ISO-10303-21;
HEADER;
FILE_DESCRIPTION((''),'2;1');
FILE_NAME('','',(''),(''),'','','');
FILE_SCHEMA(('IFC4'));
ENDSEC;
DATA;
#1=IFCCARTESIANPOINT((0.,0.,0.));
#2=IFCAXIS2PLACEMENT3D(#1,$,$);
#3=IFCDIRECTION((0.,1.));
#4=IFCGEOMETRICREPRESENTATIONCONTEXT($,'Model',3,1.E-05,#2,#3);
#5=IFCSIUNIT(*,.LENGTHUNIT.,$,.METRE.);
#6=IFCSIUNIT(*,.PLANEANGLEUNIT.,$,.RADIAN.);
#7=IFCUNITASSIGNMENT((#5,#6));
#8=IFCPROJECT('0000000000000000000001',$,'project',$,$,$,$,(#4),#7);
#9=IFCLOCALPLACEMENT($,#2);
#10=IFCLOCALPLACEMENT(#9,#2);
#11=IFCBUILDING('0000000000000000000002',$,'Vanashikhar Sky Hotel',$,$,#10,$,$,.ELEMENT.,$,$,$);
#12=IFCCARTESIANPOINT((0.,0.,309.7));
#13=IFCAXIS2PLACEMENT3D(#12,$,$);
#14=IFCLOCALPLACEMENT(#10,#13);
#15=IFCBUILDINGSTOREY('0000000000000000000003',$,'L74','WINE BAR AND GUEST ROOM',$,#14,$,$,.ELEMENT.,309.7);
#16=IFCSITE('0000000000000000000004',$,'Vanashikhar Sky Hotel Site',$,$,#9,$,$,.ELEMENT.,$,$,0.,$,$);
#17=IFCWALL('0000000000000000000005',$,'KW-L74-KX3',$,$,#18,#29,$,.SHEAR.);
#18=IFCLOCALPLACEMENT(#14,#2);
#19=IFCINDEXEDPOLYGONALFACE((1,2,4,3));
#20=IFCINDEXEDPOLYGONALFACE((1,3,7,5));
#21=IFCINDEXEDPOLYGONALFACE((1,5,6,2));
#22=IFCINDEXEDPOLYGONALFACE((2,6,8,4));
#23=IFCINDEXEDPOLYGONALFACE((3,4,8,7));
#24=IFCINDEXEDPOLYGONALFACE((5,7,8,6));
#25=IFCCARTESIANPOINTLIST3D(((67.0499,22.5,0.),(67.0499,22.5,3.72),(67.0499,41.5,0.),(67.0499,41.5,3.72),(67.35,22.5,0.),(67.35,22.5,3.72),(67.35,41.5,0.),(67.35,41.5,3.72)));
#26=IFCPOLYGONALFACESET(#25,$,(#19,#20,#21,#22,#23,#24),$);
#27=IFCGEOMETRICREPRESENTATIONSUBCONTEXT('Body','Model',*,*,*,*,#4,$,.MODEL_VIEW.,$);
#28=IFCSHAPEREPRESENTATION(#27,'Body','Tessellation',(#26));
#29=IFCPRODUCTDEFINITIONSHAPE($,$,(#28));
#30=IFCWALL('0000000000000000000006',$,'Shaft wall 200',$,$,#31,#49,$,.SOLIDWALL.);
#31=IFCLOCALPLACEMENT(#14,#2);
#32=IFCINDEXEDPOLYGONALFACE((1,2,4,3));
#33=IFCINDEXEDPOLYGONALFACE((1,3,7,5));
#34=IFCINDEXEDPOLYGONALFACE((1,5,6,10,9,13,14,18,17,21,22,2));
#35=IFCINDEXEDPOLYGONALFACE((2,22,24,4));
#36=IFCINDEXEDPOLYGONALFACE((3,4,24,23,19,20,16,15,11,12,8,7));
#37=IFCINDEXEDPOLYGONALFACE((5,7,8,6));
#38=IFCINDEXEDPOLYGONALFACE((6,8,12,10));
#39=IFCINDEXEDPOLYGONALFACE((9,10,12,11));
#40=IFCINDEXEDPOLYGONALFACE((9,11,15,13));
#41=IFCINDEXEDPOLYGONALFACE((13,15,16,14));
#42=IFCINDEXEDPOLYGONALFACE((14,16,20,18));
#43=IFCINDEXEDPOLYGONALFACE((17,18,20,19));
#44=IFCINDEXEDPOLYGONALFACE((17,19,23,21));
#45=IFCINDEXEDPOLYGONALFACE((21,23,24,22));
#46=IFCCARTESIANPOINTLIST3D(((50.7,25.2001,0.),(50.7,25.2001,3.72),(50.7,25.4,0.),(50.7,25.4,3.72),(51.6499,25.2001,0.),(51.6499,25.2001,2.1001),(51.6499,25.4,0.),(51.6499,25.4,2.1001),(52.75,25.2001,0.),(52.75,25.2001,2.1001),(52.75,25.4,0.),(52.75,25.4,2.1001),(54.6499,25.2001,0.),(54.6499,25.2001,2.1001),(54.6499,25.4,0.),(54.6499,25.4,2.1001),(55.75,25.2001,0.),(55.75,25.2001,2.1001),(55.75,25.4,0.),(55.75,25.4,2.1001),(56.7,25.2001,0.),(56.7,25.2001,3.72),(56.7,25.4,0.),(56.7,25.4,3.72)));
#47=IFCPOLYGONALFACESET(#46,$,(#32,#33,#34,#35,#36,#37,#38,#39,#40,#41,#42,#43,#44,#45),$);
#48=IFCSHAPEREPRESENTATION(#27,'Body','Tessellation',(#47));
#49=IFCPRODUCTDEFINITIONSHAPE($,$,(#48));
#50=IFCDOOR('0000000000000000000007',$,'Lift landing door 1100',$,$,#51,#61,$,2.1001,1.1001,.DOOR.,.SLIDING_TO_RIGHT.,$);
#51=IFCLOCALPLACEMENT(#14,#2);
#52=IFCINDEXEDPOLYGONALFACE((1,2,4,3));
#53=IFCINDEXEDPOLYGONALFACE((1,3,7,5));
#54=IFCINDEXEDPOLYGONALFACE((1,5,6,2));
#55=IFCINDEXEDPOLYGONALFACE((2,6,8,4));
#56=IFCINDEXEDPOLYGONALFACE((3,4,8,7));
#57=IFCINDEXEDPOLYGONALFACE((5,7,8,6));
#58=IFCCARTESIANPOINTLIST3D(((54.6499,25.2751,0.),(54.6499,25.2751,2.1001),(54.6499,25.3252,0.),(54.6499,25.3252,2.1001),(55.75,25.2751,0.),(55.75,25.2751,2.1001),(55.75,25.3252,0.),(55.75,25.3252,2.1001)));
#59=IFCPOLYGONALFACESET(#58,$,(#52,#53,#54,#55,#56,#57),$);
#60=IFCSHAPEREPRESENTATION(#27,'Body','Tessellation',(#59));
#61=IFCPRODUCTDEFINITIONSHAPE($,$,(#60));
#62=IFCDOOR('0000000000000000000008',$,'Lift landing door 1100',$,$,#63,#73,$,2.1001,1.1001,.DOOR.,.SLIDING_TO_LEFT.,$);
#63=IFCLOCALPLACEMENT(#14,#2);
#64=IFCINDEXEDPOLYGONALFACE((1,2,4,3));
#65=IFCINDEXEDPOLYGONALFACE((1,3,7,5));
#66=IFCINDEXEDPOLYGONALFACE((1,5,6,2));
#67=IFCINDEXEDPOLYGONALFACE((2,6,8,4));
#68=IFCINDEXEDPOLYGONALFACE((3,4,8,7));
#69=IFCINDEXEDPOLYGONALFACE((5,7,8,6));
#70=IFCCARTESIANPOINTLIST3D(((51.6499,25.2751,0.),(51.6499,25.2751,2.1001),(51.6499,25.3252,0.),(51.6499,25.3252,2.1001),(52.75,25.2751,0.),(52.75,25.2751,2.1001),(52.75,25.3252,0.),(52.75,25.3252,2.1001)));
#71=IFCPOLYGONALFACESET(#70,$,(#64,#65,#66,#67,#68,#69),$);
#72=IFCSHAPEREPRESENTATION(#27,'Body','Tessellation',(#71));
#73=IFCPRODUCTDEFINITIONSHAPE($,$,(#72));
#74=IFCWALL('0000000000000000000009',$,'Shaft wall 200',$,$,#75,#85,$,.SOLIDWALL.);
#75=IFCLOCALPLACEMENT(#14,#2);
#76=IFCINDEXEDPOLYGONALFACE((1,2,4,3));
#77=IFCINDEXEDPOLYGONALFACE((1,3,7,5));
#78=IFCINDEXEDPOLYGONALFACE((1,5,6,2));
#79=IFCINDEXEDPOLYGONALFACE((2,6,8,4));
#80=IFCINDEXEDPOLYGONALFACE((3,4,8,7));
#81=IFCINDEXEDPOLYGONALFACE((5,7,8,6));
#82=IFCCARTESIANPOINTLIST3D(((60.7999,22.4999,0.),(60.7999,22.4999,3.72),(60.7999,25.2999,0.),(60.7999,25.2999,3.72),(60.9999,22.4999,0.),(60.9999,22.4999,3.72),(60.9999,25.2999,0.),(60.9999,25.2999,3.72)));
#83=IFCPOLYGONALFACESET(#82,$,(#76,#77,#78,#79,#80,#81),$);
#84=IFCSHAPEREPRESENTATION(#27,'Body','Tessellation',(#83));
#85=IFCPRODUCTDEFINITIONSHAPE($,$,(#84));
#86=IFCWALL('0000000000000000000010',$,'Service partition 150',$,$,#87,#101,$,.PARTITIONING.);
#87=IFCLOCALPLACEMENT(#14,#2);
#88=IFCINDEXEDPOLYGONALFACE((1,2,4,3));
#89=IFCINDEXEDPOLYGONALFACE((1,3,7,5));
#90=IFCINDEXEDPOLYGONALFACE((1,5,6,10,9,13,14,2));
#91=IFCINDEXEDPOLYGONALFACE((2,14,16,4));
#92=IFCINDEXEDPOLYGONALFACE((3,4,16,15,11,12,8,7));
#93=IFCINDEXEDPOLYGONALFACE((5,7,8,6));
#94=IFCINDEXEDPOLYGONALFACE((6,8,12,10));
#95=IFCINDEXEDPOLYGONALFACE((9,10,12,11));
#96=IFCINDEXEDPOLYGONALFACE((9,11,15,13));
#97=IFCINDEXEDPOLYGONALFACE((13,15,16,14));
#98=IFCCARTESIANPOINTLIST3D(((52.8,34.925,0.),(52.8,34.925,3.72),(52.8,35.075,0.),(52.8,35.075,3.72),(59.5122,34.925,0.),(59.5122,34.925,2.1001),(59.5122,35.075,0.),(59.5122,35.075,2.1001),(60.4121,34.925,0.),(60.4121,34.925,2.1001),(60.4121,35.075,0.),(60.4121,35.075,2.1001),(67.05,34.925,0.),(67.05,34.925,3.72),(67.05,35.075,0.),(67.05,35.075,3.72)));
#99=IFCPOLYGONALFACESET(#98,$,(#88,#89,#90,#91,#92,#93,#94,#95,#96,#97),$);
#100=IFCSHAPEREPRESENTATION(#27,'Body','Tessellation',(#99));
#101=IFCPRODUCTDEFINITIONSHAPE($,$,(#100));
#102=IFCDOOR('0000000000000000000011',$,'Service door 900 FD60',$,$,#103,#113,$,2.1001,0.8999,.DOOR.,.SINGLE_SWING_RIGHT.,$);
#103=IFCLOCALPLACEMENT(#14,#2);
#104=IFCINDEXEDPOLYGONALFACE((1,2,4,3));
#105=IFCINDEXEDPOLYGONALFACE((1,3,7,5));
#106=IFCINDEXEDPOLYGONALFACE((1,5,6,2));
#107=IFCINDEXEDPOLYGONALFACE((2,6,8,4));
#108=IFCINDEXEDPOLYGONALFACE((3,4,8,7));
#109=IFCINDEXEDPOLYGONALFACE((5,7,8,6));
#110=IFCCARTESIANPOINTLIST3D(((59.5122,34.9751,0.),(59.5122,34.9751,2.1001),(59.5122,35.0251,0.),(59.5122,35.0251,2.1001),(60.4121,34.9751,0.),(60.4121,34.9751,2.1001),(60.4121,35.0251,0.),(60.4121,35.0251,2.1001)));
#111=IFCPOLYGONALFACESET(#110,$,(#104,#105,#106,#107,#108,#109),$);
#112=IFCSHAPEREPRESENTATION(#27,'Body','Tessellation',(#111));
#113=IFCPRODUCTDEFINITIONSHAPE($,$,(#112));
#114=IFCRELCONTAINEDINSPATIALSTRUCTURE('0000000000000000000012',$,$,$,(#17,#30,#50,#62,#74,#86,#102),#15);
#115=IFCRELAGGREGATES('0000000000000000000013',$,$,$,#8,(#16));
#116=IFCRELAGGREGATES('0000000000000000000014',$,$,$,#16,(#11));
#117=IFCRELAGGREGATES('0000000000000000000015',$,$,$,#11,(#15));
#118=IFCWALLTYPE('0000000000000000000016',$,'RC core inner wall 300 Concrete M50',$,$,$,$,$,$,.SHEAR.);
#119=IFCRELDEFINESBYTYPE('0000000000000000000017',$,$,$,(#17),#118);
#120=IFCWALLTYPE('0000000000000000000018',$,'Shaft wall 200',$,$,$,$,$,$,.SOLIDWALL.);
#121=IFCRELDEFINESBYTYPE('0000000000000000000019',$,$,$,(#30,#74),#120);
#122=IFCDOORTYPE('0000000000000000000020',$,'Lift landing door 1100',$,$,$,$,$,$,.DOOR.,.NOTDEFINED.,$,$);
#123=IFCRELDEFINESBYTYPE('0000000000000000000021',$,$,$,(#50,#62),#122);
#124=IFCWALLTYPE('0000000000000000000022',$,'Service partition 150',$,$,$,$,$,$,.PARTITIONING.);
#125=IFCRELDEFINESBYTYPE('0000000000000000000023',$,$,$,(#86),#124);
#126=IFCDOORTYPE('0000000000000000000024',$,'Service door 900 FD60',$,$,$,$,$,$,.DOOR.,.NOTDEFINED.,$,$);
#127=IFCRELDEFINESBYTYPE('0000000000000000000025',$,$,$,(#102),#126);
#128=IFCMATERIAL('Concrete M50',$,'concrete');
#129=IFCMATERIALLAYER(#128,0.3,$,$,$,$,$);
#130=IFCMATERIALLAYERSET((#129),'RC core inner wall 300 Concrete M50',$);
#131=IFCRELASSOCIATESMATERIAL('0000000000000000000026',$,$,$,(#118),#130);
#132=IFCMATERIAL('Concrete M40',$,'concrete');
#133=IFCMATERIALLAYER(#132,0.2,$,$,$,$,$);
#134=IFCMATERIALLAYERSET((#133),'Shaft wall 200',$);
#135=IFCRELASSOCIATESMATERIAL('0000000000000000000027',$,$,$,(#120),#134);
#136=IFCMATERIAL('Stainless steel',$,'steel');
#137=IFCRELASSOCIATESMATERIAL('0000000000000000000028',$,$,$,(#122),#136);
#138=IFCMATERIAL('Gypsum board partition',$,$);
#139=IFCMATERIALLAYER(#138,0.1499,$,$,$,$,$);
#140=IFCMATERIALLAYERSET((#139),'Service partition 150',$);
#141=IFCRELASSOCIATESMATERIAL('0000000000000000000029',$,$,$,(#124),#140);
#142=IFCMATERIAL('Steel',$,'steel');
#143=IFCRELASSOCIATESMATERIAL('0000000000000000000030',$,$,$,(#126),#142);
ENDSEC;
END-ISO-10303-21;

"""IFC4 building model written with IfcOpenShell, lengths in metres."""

from ifc_helpers import new_model, si_unit, direction, frame, frame_2d, origin, place, context, subcontext, project, spatial, rectangle, extrude, source, transform, mapped, material, layer, layer_set, type_object, element, fill, save


model = new_model("IFC4")

# Units and contexts
model_context = context("Model", 3, precision=1e-05, world=origin(), true_north=direction((0.0, 1.0)))
body_context = subcontext(model_context, "Body", "Model", "MODEL_VIEW")
ifc_project = project(units=[si_unit("LENGTHUNIT", "METRE"), si_unit("PLANEANGLEUNIT", "RADIAN")], contexts=[model_context])

# Site, building, storey
site_placement = place(None, origin())
site = spatial("IfcSite", under=ifc_project, at=site_placement, Name="Vanashikhar Sky Hotel Site", CompositionType="ELEMENT", RefElevation=0.0)
building_placement = place(site_placement, origin())
building = spatial("IfcBuilding", under=site, at=building_placement, Name="Vanashikhar Sky Hotel", CompositionType="ELEMENT")
storey_placement = place(building_placement, frame((0.0, 0.0, 309.7)))
storey = spatial("IfcBuildingStorey", under=building, at=storey_placement, Name="L74", Description="WINE BAR AND GUEST ROOM", CompositionType="ELEMENT", Elevation=309.7)

# Wall
ifc_material_1 = material(Name="Concrete M50", Category="concrete")
ifc_layer_1 = layer(ifc_material_1, 0.3)
ifc_layer_set_1 = layer_set([ifc_layer_1], Name="RC core inner wall 300 Concrete M50")
wall_type_1 = type_object("IfcWallType", Name="RC core inner wall 300 Concrete M50", PredefinedType="SHEAR", material=ifc_layer_set_1)
shared_shape_1 = source(origin(), body_context, "Body", "SweptSolid", [
    extrude(rectangle(XDim=19.0, YDim=0.3, at=frame_2d((9.5, 0.0))), origin(), (0.0, 0.0, 1.0), 3.72),
])
wall_1_placement = place(storey_placement, frame((67.2, 22.5, 0.0), z_axis=(0.0, 0.0, 1.0), x_axis=(0.0, 1.0, 0.0)))
element("IfcWall", 1, at=wall_1_placement, inside=storey, type_object=wall_type_1, Name="KW-L74-KX3", PredefinedType="SHEAR", context=body_context, shape_type="MappedRepresentation", body=[
    mapped(shared_shape_1, transform((0.0, 0.0, 0.0), scale=1.0)),
])

# Wall, openings, doors
ifc_material_2 = material(Name="Concrete M40", Category="concrete")
ifc_layer_2 = layer(ifc_material_2, 0.2)
ifc_layer_set_2 = layer_set([ifc_layer_2], Name="Shaft wall 200")
wall_type_2 = type_object("IfcWallType", Name="Shaft wall 200", PredefinedType="SOLIDWALL", material=ifc_layer_set_2)
shared_shape_2 = source(origin(), body_context, "Body", "SweptSolid", [
    extrude(rectangle(XDim=6.0, YDim=0.2, at=frame_2d((3.0, 0.0))), origin(), (0.0, 0.0, 1.0), 3.72),
])
wall_2_placement = place(storey_placement, frame((56.7, 25.3, 0.0), z_axis=(0.0, 0.0, 1.0), x_axis=(-1.0, 0.0, 0.0)))
wall_2 = element("IfcWall", 2, at=wall_2_placement, inside=storey, type_object=wall_type_2, Name="Shaft wall 200", PredefinedType="SOLIDWALL", context=body_context, shape_type="MappedRepresentation", body=[
    mapped(shared_shape_2, transform((0.0, 0.0, 0.0), scale=1.0)),
])
shared_shape_3 = source(origin(), body_context, "Body", "SweptSolid", [
    extrude(rectangle(XDim=1.1001, YDim=2.1001, at=frame_2d((0.55, 1.05))), frame((0.0, 0.1099, 0.0), z_axis=(0.0, -1.0, 0.0), x_axis=(1.0, 0.0, 0.0)), (0.0, 0.0, 1.0), 0.22),
])
opening_1_placement = place(wall_2_placement, frame((0.95, 0.0, 0.0)))
opening_1 = element("IfcOpeningElement", 3, at=opening_1_placement, cuts=wall_2, PredefinedType="OPENING", context=body_context, shape_type="MappedRepresentation", body=[
    mapped(shared_shape_3, transform((0.0, 0.0, 0.0), scale=1.0)),
])
opening_2_placement = place(wall_2_placement, frame((3.95, 0.0, 0.0)))
opening_2 = element("IfcOpeningElement", 4, at=opening_2_placement, cuts=wall_2, PredefinedType="OPENING", context=body_context, shape_type="MappedRepresentation", body=[
    mapped(shared_shape_3, transform((0.0, 0.0, 0.0), scale=1.0)),
])
ifc_material_3 = material(Name="Stainless steel", Category="steel")
door_type_1 = type_object("IfcDoorType", Name="Lift landing door 1100", OperationType="NOTDEFINED", PredefinedType="DOOR", material=ifc_material_3)
shared_shape_4 = source(origin(), body_context, "Body", "SweptSolid", [
    extrude(rectangle(XDim=1.1001, YDim=2.1001, at=frame_2d((0.55, 1.05))), frame((0.0, 0.0249, 0.0), z_axis=(0.0, -1.0, 0.0), x_axis=(1.0, 0.0, 0.0)), (0.0, 0.0, 1.0), 0.05),
])
door_1_placement = place(opening_1_placement, origin())
door_1 = element("IfcDoor", 5, at=door_1_placement, inside=storey, type_object=door_type_1, Name="Lift landing door 1100", OperationType="SLIDING_TO_RIGHT", OverallHeight=2.1001, OverallWidth=1.1001, PredefinedType="DOOR", context=body_context, shape_type="MappedRepresentation", body=[
    mapped(shared_shape_4, transform((0.0, 0.0, 0.0), scale=1.0)),
])
fill(opening_1, door_1)
door_2_placement = place(opening_2_placement, origin())
door_2 = element("IfcDoor", 6, at=door_2_placement, inside=storey, type_object=door_type_1, Name="Lift landing door 1100", OperationType="SLIDING_TO_LEFT", OverallHeight=2.1001, OverallWidth=1.1001, PredefinedType="DOOR", context=body_context, shape_type="MappedRepresentation", body=[
    mapped(shared_shape_4, transform((0.0, 0.0, 0.0), scale=1.0)),
])
fill(opening_2, door_2)

# Wall
shared_shape_5 = source(origin(), body_context, "Body", "SweptSolid", [
    extrude(rectangle(XDim=2.8, YDim=0.2, at=frame_2d((1.3999, 0.0))), origin(), (0.0, 0.0, 1.0), 3.72),
])
wall_3_placement = place(storey_placement, frame((60.8999, 22.5, 0.0), z_axis=(0.0, 0.0, 1.0), x_axis=(0.0, 1.0, 0.0)))
element("IfcWall", 7, at=wall_3_placement, inside=storey, type_object=wall_type_2, Name="Shaft wall 200", PredefinedType="SOLIDWALL", context=body_context, shape_type="MappedRepresentation", body=[
    mapped(shared_shape_5, transform((0.0, 0.0, 0.0), scale=1.0)),
])

# Wall, opening, door
ifc_material_4 = material(Name="Gypsum board partition")
ifc_layer_3 = layer(ifc_material_4, 0.1499)
ifc_layer_set_3 = layer_set([ifc_layer_3], Name="Service partition 150")
wall_type_3 = type_object("IfcWallType", Name="Service partition 150", PredefinedType="PARTITIONING", material=ifc_layer_set_3)
shared_shape_6 = source(origin(), body_context, "Body", "SweptSolid", [
    extrude(rectangle(XDim=14.25, YDim=0.1499, at=frame_2d((7.125, 0.0))), origin(), (0.0, 0.0, 1.0), 3.72),
])
wall_4_placement = place(storey_placement, frame((67.05, 35.0, 0.0), z_axis=(0.0, 0.0, 1.0), x_axis=(-1.0, 0.0, 0.0)))
wall_4 = element("IfcWall", 8, at=wall_4_placement, inside=storey, type_object=wall_type_3, Name="Service partition 150", PredefinedType="PARTITIONING", context=body_context, shape_type="MappedRepresentation", body=[
    mapped(shared_shape_6, transform((0.0, 0.0, 0.0), scale=1.0)),
])
shared_shape_7 = source(origin(), body_context, "Body", "SweptSolid", [
    extrude(rectangle(XDim=0.8999, YDim=2.1001, at=frame_2d((0.45, 1.05))), frame((0.0, 0.085, 0.0), z_axis=(0.0, -1.0, 0.0), x_axis=(1.0, 0.0, 0.0)), (0.0, 0.0, 1.0), 0.1699),
])
opening_3_placement = place(wall_4_placement, frame((6.6379, 0.0, 0.0)))
opening_3 = element("IfcOpeningElement", 9, at=opening_3_placement, cuts=wall_4, PredefinedType="OPENING", context=body_context, shape_type="MappedRepresentation", body=[
    mapped(shared_shape_7, transform((0.0, 0.0, 0.0), scale=1.0)),
])
ifc_material_5 = material(Name="Steel", Category="steel")
door_type_2 = type_object("IfcDoorType", Name="Service door 900 FD60", OperationType="NOTDEFINED", PredefinedType="DOOR", material=ifc_material_5)
shared_shape_8 = source(origin(), body_context, "Body", "SweptSolid", [
    extrude(rectangle(XDim=0.8999, YDim=2.1001, at=frame_2d((0.45, 1.05))), frame((0.0, 0.0249, 0.0), z_axis=(0.0, -1.0, 0.0), x_axis=(1.0, 0.0, 0.0)), (0.0, 0.0, 1.0), 0.05),
])
door_3_placement = place(opening_3_placement, origin())
door_3 = element("IfcDoor", 10, at=door_3_placement, inside=storey, type_object=door_type_2, Name="Service door 900 FD60", OperationType="SINGLE_SWING_RIGHT", OverallHeight=2.1001, OverallWidth=0.8999, PredefinedType="DOOR", context=body_context, shape_type="MappedRepresentation", body=[
    mapped(shared_shape_8, transform((0.0, 0.0, 0.0), scale=1.0)),
])
fill(opening_3, door_3)

save(model, "model.ifc")
